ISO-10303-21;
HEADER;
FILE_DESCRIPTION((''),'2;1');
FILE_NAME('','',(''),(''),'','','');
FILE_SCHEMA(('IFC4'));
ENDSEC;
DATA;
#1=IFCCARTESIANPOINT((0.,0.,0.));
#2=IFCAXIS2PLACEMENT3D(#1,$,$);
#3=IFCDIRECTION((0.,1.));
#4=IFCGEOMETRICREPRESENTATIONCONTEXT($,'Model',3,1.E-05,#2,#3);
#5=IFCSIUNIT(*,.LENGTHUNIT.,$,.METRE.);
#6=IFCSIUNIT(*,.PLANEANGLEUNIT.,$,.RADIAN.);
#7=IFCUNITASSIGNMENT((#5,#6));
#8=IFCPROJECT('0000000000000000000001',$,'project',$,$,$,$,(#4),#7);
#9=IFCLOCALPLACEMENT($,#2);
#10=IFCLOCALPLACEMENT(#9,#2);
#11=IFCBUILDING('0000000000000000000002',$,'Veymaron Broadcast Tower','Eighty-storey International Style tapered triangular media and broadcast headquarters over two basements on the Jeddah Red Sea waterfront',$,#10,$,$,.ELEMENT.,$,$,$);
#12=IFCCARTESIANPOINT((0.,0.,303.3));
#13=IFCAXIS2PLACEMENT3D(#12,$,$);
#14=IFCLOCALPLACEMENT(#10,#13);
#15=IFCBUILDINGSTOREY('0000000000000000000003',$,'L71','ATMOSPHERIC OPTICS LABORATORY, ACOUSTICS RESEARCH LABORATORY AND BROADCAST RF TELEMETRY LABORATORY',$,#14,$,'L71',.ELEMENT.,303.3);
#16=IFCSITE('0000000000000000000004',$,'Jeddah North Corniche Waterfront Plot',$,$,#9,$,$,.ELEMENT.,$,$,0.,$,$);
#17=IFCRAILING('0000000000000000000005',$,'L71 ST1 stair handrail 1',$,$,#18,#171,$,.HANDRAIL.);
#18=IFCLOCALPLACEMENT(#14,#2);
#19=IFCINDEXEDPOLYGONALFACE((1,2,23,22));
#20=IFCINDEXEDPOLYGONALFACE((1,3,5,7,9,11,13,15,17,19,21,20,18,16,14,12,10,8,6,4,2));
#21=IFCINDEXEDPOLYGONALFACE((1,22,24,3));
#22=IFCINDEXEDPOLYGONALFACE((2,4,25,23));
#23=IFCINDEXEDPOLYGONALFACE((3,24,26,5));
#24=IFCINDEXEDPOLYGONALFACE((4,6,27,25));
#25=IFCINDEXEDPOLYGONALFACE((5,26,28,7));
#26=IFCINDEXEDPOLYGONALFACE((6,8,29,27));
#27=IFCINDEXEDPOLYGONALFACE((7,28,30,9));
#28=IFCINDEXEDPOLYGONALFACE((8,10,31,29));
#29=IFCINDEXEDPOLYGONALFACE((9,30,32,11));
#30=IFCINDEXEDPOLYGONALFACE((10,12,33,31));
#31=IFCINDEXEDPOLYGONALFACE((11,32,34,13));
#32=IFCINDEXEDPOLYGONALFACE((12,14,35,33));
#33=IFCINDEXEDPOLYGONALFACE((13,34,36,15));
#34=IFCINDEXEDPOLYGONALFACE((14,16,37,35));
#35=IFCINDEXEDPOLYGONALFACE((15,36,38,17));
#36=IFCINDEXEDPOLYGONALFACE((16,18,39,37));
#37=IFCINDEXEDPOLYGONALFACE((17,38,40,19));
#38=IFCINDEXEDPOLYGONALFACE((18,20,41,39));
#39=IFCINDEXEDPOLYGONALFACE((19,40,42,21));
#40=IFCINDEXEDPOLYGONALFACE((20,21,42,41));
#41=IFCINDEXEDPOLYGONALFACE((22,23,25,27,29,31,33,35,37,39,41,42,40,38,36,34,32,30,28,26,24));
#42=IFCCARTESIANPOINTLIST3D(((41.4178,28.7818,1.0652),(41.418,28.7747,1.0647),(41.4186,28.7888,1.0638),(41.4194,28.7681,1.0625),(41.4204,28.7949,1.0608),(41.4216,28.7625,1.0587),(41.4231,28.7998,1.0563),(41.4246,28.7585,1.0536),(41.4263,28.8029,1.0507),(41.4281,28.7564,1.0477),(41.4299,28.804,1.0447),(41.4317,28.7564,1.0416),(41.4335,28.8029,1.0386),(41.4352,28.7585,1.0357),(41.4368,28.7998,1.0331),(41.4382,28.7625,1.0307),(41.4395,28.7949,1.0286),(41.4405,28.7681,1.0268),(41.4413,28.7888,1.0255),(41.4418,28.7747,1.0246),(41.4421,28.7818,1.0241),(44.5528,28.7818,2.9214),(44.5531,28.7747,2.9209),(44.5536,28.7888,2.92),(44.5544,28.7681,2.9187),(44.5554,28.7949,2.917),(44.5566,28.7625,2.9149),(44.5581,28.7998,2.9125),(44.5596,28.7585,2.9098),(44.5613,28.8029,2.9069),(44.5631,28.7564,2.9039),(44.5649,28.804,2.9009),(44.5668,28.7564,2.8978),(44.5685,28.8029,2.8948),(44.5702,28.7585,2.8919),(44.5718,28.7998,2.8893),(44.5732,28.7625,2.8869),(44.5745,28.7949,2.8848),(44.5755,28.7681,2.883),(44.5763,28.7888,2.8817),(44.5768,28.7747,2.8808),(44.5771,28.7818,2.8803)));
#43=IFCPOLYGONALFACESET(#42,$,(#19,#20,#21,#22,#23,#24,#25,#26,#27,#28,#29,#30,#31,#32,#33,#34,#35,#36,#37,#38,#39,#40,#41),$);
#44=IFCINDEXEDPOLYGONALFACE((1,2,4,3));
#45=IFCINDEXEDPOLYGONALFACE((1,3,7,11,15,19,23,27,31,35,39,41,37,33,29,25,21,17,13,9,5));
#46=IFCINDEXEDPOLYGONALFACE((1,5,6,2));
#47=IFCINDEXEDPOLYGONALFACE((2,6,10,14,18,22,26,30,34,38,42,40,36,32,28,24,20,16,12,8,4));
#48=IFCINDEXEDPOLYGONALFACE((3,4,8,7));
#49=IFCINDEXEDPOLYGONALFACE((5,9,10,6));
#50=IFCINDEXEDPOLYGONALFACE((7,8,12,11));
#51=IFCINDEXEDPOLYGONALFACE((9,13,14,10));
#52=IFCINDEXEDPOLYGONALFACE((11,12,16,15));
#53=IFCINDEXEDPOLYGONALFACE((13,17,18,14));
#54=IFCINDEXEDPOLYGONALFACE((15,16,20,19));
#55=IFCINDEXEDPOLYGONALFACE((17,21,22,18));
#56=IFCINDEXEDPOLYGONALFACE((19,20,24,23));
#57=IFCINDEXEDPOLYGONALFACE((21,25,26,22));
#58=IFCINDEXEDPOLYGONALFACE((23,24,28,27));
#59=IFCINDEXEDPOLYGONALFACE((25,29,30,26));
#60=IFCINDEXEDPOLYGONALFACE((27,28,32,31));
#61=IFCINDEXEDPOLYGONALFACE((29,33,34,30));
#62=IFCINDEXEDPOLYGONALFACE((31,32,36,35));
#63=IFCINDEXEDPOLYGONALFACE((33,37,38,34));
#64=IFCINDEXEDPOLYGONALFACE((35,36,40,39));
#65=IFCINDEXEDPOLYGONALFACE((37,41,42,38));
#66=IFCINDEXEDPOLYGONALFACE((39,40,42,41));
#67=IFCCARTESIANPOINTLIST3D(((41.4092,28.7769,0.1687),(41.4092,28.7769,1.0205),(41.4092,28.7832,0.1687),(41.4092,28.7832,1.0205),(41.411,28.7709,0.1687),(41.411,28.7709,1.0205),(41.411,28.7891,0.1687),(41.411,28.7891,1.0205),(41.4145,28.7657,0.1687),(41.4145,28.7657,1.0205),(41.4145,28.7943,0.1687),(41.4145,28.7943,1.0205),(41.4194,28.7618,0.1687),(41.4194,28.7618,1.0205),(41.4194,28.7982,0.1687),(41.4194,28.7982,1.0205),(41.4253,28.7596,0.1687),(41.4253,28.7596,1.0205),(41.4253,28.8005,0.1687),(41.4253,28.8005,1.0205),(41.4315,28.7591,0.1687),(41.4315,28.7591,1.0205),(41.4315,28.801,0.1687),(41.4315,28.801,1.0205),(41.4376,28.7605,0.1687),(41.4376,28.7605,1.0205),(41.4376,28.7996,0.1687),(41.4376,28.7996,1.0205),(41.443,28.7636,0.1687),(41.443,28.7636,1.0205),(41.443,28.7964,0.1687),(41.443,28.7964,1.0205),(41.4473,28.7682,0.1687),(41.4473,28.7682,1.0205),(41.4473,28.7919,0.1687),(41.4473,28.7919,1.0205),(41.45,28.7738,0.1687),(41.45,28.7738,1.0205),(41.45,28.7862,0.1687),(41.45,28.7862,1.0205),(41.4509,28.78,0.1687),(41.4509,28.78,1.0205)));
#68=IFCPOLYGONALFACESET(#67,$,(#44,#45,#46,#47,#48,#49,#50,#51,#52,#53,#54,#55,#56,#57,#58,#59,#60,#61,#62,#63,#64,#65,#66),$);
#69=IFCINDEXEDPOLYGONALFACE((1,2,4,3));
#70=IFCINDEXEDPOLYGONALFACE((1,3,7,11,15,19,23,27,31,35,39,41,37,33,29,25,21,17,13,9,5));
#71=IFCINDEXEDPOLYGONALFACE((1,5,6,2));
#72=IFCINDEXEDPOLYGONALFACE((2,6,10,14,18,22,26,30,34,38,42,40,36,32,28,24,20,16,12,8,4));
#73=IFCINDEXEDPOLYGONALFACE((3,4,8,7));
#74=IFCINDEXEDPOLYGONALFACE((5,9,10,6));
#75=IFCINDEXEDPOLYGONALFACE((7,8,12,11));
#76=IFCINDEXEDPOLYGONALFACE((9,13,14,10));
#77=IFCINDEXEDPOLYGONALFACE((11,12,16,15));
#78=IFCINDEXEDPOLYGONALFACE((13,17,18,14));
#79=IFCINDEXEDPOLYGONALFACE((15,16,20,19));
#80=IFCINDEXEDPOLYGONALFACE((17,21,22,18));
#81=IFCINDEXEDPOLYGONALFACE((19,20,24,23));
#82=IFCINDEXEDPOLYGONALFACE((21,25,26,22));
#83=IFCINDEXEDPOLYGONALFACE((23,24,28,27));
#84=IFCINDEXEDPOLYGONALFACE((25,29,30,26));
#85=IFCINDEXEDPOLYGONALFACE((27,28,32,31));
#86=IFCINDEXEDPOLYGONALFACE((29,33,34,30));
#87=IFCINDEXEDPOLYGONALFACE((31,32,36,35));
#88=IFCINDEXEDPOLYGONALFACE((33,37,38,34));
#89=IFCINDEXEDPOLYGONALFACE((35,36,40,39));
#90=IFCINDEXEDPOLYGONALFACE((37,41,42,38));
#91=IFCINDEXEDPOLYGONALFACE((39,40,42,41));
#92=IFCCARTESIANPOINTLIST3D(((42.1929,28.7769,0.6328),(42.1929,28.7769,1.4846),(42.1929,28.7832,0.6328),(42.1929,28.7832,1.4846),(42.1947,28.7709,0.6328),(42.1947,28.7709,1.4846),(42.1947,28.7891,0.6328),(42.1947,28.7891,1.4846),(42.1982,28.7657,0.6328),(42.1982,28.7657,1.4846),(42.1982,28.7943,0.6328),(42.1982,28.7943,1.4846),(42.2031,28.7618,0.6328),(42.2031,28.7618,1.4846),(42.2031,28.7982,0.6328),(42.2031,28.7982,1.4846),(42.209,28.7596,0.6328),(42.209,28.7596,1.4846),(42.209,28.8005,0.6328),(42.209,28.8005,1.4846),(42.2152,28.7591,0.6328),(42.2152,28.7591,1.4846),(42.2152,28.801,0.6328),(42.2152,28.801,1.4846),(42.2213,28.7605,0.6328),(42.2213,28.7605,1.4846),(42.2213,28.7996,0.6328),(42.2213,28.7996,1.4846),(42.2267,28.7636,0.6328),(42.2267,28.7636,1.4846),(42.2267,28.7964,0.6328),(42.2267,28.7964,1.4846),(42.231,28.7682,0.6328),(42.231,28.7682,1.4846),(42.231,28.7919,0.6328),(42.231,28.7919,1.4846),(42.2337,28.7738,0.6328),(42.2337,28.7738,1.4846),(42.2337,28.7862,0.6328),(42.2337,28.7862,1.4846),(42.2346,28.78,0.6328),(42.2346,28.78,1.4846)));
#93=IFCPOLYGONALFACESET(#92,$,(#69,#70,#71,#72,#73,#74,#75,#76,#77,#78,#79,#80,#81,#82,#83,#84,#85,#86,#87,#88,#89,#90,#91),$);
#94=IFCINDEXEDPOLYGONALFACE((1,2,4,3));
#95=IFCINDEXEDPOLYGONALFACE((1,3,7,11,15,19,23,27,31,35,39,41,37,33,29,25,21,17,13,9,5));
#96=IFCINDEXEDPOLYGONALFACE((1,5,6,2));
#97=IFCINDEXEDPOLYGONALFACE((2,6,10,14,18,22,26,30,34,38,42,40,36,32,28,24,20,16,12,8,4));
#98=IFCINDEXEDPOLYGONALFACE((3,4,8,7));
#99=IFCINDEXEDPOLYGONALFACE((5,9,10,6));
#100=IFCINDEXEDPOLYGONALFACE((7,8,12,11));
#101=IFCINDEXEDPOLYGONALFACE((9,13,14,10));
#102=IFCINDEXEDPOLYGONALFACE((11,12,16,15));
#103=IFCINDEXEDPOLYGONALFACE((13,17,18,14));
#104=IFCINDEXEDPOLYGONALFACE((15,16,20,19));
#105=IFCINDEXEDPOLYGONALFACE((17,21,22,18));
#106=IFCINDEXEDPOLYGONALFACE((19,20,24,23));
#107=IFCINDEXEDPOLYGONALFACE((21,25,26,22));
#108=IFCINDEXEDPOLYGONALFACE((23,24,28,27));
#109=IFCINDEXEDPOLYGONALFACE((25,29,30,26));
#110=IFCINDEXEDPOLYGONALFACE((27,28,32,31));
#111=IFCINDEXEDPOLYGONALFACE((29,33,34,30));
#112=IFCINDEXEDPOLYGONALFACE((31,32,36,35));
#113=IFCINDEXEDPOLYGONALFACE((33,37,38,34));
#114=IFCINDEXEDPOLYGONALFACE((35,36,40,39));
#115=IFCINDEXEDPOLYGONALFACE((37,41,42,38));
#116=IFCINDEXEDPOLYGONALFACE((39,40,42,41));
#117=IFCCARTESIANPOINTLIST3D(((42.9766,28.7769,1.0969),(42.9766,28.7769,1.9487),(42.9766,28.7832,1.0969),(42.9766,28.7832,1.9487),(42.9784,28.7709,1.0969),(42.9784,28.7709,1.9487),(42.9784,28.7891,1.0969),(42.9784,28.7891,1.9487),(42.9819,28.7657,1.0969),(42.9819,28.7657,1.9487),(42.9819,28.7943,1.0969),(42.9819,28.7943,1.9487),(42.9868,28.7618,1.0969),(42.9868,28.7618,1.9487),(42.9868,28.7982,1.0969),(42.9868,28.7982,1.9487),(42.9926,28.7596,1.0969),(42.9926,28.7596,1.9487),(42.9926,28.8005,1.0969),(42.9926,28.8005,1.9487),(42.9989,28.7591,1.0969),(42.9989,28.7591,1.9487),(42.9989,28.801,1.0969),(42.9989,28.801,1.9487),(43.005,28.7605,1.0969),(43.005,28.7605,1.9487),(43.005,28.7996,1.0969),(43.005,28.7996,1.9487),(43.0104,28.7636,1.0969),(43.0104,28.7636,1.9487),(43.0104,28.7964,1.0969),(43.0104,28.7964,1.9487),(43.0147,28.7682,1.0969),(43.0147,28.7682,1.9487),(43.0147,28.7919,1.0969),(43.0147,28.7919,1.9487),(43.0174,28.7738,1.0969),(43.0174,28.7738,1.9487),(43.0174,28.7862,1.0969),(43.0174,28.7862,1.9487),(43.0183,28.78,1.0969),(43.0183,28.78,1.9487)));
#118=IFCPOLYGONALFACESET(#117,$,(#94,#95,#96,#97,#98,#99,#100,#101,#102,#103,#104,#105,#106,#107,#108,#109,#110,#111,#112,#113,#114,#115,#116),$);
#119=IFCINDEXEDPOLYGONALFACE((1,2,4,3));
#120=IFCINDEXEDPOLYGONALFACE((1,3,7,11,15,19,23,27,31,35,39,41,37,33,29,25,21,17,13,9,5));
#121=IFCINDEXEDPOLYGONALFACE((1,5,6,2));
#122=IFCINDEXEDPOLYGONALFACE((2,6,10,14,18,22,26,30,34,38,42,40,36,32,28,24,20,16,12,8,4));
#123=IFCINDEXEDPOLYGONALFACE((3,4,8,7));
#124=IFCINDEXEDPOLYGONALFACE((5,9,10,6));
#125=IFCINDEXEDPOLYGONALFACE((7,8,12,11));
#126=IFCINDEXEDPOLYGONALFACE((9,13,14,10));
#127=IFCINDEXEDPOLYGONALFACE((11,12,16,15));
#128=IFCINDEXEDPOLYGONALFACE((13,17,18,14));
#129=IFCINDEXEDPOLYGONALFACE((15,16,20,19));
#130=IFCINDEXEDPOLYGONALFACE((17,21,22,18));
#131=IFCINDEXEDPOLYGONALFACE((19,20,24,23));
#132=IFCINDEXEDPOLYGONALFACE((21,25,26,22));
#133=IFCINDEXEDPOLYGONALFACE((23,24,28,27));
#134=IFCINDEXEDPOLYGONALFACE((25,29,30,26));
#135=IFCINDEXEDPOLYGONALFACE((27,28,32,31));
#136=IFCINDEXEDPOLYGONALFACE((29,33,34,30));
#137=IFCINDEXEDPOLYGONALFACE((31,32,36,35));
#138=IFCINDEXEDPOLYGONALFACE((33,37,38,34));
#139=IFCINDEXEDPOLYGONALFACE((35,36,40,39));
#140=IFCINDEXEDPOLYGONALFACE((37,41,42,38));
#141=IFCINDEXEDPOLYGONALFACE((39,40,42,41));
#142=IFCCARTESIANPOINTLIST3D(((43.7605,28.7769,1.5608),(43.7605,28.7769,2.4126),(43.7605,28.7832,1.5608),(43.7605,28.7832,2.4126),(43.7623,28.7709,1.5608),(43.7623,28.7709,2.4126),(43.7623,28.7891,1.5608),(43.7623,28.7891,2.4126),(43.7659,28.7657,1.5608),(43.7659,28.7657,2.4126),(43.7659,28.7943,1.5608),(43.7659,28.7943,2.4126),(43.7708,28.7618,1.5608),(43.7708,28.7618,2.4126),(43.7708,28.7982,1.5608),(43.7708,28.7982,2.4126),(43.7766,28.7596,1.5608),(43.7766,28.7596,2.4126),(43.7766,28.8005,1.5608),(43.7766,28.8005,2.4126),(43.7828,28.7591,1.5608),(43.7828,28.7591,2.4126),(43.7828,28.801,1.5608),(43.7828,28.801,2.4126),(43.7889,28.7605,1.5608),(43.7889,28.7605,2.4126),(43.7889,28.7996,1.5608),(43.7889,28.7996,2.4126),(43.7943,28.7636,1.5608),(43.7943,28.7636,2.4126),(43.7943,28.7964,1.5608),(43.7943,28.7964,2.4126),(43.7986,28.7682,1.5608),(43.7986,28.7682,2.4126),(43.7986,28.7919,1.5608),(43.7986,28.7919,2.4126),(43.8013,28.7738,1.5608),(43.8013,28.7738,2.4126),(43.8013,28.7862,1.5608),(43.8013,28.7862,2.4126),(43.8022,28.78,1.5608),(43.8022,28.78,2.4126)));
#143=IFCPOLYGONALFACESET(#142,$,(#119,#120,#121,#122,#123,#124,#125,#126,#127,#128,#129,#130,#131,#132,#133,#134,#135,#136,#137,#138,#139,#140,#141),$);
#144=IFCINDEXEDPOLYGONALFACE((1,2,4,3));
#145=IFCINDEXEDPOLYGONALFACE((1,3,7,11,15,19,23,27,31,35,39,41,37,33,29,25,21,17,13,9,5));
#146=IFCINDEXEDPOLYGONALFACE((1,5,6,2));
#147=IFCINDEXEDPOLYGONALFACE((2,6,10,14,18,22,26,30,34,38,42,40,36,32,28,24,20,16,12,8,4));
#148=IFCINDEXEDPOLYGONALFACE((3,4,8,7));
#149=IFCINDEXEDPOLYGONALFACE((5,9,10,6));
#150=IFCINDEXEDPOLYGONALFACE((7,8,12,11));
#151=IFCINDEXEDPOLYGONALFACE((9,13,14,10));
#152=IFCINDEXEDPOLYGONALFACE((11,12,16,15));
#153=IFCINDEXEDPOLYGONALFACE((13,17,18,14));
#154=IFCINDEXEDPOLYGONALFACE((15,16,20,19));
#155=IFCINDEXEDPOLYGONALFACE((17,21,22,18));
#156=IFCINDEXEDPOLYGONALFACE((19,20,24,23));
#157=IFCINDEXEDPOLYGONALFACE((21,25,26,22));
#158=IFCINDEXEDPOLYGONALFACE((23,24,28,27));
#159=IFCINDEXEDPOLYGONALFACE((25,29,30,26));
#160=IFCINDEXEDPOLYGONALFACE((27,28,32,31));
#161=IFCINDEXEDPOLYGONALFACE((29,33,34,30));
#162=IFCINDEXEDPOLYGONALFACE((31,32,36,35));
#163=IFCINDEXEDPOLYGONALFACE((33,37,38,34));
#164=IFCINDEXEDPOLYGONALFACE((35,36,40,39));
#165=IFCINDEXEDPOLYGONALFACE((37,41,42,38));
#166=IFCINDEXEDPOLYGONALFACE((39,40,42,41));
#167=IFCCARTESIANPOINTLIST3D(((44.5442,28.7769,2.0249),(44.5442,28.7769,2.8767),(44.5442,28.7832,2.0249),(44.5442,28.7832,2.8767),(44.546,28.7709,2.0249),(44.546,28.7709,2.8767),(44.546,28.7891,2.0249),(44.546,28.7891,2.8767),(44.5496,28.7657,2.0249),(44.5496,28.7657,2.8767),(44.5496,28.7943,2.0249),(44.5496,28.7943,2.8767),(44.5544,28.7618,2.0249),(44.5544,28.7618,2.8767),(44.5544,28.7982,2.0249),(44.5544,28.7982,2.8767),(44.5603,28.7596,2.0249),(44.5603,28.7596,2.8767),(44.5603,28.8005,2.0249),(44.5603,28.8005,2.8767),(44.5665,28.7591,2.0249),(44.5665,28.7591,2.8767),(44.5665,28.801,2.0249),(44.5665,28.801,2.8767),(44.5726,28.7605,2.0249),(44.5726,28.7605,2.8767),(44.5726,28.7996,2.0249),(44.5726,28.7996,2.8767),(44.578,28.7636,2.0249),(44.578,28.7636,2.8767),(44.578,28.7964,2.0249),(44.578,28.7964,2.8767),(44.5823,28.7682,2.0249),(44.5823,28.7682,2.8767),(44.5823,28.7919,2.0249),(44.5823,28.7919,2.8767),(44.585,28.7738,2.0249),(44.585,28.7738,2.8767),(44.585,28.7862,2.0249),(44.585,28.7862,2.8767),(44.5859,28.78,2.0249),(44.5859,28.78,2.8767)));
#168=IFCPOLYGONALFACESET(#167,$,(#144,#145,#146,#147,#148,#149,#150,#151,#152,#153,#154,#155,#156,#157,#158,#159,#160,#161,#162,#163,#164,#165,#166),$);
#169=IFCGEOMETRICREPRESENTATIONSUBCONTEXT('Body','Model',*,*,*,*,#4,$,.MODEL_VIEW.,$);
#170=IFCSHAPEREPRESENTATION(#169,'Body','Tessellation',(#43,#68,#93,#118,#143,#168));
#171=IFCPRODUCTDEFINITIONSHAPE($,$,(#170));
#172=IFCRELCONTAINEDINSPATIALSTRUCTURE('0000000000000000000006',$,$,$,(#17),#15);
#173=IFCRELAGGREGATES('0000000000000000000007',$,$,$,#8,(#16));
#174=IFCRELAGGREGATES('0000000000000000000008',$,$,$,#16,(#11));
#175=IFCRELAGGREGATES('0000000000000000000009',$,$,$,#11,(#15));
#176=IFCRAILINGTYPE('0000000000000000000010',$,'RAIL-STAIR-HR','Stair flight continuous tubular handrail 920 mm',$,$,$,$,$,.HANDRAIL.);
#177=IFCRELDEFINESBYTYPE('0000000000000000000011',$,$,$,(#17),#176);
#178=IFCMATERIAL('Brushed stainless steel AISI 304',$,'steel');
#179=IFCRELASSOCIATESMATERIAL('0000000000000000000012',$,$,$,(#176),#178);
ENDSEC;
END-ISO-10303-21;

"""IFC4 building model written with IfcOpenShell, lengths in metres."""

from ifc_helpers import new_model, si_unit, direction, frame, origin, origin_2d, place, context, subcontext, project, spatial, circle, extrude, material, type_object, element, save


model = new_model("IFC4")

# Units and contexts
model_context = context("Model", 3, precision=1e-05, world=origin(), true_north=direction((0.0, 1.0)))
body_context = subcontext(model_context, "Body", "Model", "MODEL_VIEW")
ifc_project = project(units=[si_unit("LENGTHUNIT", "METRE"), si_unit("PLANEANGLEUNIT", "RADIAN")], contexts=[model_context])

# Site, building, storey
site_placement = place(None, origin())
site = spatial("IfcSite", under=ifc_project, at=site_placement, Name="Jeddah North Corniche Waterfront Plot", CompositionType="ELEMENT", RefElevation=0.0)
building_placement = place(site_placement, origin())
building = spatial("IfcBuilding", under=site, at=building_placement, Name="Veymaron Broadcast Tower", Description="Eighty-storey International Style tapered triangular media and broadcast headquarters over two basements on the Jeddah Red Sea waterfront", CompositionType="ELEMENT")
storey_placement = place(building_placement, frame((0.0, 0.0, 303.3)))
storey = spatial("IfcBuildingStorey", under=building, at=storey_placement, Name="L71", Description="ATMOSPHERIC OPTICS LABORATORY, ACOUSTICS RESEARCH LABORATORY AND BROADCAST RF TELEMETRY LABORATORY", LongName="L71", CompositionType="ELEMENT", Elevation=303.3)

# Railing
ifc_material_1 = material(Name="Brushed stainless steel AISI 304", Category="steel")
railing_type_1 = type_object("IfcRailingType", Name="RAIL-STAIR-HR", Description="Stair flight continuous tubular handrail 920 mm", PredefinedType="HANDRAIL", material=ifc_material_1)
railing_1_placement = place(storey_placement, frame((41.4299, 28.78, 0.1687)))
element("IfcRailing", 1, at=railing_1_placement, inside=storey, type_object=railing_type_1, Name="L71 ST1 stair handrail 1", PredefinedType="HANDRAIL", context=body_context, shape_type="SweptSolid", body=[
    extrude(circle(Radius=0.0239, at=origin_2d()), frame((0.0, 0.0, 0.876), z_axis=(0.860482, 0.0, 0.509481), x_axis=(0.0, 1.0, 0.0)), (0.0, 0.0, 1.0), 3.6433),
    extrude(circle(Radius=0.021, at=origin_2d()), origin(), (0.0, 0.0, 1.0), 0.8518),
    extrude(circle(Radius=0.021, at=origin_2d()), frame((0.7837, 0.0, 0.4641)), (0.0, 0.0, 1.0), 0.8518),
    extrude(circle(Radius=0.021, at=origin_2d()), frame((1.5674, 0.0, 0.9282)), (0.0, 0.0, 1.0), 0.8518),
    extrude(circle(Radius=0.021, at=origin_2d()), frame((2.3513, 0.0, 1.3921)), (0.0, 0.0, 1.0), 0.8518),
    extrude(circle(Radius=0.021, at=origin_2d()), frame((3.135, 0.0, 1.8562)), (0.0, 0.0, 1.0), 0.8518),
])

save(model, "model.ifc")
